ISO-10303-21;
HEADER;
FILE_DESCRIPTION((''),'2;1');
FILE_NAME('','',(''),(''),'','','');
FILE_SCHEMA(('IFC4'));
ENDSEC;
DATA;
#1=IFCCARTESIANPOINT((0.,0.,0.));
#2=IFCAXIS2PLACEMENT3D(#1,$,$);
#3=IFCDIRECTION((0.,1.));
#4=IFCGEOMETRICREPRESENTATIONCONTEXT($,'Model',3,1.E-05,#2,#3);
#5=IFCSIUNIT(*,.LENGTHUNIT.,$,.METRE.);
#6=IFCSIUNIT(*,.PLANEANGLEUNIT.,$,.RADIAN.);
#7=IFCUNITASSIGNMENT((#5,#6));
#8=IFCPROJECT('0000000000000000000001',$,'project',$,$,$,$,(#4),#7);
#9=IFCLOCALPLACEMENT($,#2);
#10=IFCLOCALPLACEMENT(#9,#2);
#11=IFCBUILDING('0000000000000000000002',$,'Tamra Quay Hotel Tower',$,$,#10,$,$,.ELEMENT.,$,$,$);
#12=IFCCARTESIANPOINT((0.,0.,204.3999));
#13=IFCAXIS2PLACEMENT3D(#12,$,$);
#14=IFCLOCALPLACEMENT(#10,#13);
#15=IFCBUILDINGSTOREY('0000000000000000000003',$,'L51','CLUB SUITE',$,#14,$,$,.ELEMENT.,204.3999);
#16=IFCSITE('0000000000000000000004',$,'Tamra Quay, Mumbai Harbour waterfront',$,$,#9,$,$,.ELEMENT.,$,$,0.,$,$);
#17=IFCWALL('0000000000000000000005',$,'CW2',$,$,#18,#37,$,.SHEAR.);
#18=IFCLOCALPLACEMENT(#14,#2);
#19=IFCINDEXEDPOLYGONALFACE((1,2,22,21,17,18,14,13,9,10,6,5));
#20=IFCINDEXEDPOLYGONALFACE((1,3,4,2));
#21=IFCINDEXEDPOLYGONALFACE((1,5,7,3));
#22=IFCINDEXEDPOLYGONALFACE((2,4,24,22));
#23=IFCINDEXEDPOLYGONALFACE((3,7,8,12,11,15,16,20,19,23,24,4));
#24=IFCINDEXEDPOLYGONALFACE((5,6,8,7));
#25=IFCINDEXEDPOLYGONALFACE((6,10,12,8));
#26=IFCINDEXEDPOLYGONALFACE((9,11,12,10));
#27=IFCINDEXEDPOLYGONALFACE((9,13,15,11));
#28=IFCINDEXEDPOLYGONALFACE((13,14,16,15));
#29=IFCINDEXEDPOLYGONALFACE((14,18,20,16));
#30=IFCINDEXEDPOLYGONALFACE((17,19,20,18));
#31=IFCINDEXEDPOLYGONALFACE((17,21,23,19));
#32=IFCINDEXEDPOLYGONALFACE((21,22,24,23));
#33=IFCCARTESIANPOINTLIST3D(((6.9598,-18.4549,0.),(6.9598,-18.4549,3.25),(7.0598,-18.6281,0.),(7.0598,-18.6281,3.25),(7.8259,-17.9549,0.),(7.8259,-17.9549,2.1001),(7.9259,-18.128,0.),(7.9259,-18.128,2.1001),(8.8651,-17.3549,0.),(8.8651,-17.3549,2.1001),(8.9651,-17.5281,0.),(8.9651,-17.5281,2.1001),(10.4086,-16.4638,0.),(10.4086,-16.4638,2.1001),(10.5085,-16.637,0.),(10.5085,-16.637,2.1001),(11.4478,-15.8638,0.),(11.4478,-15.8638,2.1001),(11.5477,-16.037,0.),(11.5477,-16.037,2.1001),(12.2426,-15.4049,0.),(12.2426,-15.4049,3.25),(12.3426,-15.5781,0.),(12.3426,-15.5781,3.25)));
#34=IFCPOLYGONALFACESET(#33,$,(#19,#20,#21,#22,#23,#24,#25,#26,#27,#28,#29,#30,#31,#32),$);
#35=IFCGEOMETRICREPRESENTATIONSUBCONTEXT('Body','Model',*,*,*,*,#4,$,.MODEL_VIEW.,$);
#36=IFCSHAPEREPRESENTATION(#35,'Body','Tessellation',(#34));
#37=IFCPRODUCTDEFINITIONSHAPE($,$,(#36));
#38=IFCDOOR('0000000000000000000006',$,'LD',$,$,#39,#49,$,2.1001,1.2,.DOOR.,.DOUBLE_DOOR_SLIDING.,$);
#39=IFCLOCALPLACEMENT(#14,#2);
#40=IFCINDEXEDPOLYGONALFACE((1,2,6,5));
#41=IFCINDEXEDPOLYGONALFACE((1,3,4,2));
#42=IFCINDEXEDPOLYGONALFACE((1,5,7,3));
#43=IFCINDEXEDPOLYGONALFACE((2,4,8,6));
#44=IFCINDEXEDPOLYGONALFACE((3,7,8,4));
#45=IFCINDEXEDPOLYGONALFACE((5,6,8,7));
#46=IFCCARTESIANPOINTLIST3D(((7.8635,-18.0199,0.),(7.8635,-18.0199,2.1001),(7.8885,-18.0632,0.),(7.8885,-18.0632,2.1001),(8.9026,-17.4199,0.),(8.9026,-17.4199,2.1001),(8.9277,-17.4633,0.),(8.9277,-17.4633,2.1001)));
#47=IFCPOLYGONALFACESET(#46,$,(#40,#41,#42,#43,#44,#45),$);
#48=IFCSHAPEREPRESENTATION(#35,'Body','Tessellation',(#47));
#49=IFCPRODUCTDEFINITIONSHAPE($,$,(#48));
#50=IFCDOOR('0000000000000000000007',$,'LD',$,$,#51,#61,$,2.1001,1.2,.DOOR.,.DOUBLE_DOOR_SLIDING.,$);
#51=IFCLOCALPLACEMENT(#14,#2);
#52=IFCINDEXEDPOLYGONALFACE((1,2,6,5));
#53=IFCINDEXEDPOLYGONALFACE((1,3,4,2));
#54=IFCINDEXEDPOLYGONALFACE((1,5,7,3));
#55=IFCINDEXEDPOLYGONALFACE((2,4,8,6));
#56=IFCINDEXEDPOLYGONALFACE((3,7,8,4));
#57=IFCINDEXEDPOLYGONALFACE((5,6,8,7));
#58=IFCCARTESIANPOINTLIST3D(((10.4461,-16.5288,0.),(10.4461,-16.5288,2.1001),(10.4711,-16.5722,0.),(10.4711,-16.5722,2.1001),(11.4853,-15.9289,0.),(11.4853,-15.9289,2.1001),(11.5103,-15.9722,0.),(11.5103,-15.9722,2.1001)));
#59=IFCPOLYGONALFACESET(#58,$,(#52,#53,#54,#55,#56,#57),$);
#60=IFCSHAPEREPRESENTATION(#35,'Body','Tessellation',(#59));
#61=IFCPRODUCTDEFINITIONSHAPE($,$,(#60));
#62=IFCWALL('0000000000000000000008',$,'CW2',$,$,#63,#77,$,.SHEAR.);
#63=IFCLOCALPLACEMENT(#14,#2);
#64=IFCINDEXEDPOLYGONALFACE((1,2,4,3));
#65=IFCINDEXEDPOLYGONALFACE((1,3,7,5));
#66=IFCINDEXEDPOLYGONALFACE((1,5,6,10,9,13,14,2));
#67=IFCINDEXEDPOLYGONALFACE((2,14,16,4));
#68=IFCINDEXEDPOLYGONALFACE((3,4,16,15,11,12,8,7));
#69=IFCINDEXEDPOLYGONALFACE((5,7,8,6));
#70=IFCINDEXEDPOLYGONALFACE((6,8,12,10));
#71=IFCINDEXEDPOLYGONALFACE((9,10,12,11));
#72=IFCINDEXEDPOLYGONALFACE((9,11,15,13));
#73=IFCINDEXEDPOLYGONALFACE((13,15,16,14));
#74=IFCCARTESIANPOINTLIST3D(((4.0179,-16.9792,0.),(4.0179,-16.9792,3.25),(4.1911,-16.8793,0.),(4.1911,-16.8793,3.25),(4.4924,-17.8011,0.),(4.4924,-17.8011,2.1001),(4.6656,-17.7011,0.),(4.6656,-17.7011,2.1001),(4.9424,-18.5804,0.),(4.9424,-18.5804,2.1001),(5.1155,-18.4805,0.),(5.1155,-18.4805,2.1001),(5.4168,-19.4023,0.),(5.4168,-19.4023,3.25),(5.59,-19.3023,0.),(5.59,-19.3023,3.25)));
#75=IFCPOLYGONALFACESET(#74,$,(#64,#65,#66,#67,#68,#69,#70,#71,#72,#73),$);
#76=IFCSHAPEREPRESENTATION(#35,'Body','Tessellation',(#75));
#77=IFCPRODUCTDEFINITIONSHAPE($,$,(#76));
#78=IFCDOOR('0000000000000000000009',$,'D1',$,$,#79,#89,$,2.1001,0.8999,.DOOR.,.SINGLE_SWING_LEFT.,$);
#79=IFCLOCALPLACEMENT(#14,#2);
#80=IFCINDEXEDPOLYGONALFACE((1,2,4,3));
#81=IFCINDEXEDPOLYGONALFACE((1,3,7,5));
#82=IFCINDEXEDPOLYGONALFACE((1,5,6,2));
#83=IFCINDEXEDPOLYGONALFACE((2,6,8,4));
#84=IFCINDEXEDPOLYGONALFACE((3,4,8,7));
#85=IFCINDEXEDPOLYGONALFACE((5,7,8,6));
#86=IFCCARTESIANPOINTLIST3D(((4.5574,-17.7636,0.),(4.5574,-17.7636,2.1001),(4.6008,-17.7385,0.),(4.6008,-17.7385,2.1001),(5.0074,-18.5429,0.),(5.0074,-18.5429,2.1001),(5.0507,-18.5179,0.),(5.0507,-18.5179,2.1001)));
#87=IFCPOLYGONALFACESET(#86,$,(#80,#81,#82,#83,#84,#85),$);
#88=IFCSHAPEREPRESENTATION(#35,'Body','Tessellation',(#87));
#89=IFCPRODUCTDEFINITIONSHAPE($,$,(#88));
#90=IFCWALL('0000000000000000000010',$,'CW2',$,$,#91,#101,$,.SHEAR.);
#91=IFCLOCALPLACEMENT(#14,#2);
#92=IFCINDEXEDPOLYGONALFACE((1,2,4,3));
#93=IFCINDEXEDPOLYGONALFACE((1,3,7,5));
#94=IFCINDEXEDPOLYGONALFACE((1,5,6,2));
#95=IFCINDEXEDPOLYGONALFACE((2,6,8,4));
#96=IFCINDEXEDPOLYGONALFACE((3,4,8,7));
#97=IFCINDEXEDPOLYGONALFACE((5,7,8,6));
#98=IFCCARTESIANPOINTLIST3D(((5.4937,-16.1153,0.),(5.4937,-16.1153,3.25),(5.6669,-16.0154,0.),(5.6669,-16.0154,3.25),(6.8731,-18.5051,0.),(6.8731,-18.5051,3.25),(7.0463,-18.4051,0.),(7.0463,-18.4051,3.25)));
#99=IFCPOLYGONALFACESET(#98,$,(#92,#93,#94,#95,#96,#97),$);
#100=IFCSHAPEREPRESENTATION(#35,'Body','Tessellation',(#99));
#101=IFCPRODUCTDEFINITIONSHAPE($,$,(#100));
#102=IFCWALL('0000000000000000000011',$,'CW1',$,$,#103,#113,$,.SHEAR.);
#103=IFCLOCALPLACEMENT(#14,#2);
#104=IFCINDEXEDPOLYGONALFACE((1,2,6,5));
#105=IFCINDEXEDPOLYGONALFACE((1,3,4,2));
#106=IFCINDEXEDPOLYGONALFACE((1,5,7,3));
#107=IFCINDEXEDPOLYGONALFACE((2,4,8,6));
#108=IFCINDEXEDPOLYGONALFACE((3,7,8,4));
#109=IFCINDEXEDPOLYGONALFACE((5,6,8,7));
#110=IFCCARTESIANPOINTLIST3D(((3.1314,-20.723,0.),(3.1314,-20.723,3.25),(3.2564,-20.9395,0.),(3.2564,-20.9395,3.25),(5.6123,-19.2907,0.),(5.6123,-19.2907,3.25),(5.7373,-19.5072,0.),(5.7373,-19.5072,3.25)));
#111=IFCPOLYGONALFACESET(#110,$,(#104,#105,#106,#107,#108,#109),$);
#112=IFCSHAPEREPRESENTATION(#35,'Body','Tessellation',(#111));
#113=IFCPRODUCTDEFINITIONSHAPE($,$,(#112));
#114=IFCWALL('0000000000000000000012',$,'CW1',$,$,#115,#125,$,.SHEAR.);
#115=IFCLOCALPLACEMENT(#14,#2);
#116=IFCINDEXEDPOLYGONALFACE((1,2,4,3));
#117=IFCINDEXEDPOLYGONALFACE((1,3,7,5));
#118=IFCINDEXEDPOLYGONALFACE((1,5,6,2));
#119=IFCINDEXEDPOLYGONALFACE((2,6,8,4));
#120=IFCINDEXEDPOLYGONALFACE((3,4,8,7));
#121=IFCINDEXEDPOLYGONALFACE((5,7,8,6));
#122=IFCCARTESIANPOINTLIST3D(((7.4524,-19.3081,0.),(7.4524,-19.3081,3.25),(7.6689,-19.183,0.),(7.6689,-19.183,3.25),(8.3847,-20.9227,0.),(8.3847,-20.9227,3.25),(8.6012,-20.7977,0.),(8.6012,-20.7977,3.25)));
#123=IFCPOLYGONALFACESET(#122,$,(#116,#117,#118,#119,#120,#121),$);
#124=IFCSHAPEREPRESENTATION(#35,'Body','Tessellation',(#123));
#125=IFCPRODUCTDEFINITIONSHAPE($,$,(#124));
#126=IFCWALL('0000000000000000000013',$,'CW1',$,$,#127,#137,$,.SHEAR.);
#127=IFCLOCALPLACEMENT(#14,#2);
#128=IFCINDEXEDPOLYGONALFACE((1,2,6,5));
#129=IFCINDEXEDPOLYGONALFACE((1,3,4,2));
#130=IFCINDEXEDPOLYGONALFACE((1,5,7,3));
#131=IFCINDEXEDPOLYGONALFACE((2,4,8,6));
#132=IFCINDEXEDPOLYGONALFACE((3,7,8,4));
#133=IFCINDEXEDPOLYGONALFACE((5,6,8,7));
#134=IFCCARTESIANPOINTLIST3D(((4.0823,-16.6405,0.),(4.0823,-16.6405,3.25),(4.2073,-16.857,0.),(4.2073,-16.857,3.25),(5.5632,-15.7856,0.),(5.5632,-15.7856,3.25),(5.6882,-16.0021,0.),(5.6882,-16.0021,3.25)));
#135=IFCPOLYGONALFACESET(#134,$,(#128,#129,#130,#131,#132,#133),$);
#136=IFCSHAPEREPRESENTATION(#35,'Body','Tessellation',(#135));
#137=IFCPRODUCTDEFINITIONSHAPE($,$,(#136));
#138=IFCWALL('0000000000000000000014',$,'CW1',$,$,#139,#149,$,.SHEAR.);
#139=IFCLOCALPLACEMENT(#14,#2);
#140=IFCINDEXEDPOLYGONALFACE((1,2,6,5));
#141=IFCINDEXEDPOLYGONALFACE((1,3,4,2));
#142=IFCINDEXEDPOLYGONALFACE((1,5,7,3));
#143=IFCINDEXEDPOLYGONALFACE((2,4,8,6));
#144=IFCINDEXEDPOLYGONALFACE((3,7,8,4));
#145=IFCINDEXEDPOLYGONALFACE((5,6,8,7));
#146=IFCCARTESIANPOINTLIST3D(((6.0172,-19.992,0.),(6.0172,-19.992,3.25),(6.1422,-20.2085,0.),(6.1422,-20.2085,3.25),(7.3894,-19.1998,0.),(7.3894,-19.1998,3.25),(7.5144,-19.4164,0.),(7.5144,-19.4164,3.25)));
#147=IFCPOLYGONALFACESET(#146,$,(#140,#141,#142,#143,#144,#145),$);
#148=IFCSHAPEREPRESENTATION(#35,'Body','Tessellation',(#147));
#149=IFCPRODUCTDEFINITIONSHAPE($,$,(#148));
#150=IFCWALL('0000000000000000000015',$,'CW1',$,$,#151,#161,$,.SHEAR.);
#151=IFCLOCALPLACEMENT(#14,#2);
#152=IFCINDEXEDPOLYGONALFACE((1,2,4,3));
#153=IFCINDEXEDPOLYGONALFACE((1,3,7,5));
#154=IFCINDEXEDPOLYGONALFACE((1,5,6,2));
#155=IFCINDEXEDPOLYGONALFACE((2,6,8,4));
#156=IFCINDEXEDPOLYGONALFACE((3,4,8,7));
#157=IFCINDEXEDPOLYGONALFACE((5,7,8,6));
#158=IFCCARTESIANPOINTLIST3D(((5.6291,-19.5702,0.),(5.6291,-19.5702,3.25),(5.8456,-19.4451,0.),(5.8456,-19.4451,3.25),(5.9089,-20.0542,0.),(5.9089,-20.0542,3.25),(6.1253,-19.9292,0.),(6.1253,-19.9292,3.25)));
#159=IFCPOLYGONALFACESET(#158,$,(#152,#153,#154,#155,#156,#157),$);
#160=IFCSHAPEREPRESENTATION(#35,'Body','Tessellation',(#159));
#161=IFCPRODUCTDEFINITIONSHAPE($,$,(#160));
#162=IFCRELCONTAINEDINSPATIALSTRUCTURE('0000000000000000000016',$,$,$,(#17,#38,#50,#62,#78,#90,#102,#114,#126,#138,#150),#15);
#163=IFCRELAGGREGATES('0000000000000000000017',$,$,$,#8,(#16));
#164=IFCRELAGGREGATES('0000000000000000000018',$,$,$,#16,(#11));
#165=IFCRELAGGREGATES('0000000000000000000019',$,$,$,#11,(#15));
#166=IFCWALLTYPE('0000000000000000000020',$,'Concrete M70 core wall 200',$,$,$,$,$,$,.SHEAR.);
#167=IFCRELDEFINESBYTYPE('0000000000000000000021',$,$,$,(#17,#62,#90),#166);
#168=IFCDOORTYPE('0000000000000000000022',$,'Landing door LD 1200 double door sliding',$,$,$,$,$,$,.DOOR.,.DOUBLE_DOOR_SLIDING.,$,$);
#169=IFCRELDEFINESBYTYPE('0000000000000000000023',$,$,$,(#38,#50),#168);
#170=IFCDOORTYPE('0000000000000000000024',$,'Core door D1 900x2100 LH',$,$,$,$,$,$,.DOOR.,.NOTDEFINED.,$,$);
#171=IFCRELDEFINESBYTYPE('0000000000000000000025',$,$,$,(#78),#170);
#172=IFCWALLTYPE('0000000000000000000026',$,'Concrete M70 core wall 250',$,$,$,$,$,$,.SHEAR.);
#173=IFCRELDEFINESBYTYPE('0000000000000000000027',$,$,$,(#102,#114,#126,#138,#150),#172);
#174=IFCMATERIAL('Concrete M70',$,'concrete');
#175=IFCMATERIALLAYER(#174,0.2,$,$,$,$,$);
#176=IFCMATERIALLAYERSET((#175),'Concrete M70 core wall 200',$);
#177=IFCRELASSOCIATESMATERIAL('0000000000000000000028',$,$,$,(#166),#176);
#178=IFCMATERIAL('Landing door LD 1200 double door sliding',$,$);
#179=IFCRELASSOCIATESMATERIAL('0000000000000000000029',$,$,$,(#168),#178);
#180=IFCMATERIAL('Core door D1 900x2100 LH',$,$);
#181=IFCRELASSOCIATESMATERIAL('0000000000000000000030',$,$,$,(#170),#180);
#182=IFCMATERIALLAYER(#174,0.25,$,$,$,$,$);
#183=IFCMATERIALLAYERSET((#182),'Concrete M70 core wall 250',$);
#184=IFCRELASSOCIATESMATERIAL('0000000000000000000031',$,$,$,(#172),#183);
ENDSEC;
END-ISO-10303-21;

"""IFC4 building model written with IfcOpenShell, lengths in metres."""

from ifc_helpers import new_model, si_unit, direction, frame, frame_2d, origin, place, context, subcontext, project, spatial, rectangle, extrude, material, layer, layer_set, type_object, element, fill, save


model = new_model("IFC4")

# Units and contexts
model_context = context("Model", 3, precision=1e-05, world=origin(), true_north=direction((0.0, 1.0)))
body_context = subcontext(model_context, "Body", "Model", "MODEL_VIEW")
ifc_project = project(units=[si_unit("LENGTHUNIT", "METRE"), si_unit("PLANEANGLEUNIT", "RADIAN")], contexts=[model_context])

# Site, building, storey
site_placement = place(None, origin())
site = spatial("IfcSite", under=ifc_project, at=site_placement, Name="Tamra Quay, Mumbai Harbour waterfront", CompositionType="ELEMENT", RefElevation=0.0)
building_placement = place(site_placement, origin())
building = spatial("IfcBuilding", under=site, at=building_placement, Name="Tamra Quay Hotel Tower", CompositionType="ELEMENT")
storey_placement = place(building_placement, frame((0.0, 0.0, 204.3999)))
storey = spatial("IfcBuildingStorey", under=building, at=storey_placement, Name="L51", Description="CLUB SUITE", CompositionType="ELEMENT", Elevation=204.3999)

# Shared definitions
ifc_material_1 = material(Name="Concrete M70", Category="concrete")

# Wall, openings, doors
ifc_layer_1 = layer(ifc_material_1, 0.2)
ifc_layer_set_1 = layer_set([ifc_layer_1], Name="Concrete M70 core wall 200")
wall_type_1 = type_object("IfcWallType", Name="Concrete M70 core wall 200", PredefinedType="SHEAR", material=ifc_layer_set_1)
wall_1_placement = place(storey_placement, frame((7.0098, -18.5415, 0.0), z_axis=(0.0, 0.0, 1.0), x_axis=(0.86603, 0.499992, 0.0)))
wall_1 = element("IfcWall", 1, at=wall_1_placement, inside=storey, type_object=wall_type_1, Name="CW2", PredefinedType="SHEAR", context=body_context, shape_type="SweptSolid", body=[
    extrude(rectangle(XDim=6.1001, YDim=0.2, at=frame_2d((3.05, 0.0))), origin(), (0.0, 0.0, 1.0), 3.25),
])
opening_1_placement = place(wall_1_placement, frame((1.0, 0.0, 0.0)))
opening_1 = element("IfcOpeningElement", 2, at=opening_1_placement, cuts=wall_1, PredefinedType="OPENING", context=body_context, shape_type="SweptSolid", body=[
    extrude(rectangle(XDim=1.2, YDim=2.1001, at=frame_2d((0.6001, 1.05))), frame((0.0, 0.1099, 0.0), z_axis=(0.0, -1.0, 0.0), x_axis=(1.0, 0.0, 0.0)), (0.0, 0.0, 1.0), 0.22),
])
opening_2_placement = place(wall_1_placement, frame((3.9822, 0.0, 0.0)))
opening_2 = element("IfcOpeningElement", 3, at=opening_2_placement, cuts=wall_1, PredefinedType="OPENING", context=body_context, shape_type="SweptSolid", body=[
    extrude(rectangle(XDim=1.2, YDim=2.1001, at=frame_2d((0.6001, 1.05))), frame((0.0, 0.1099, 0.0), z_axis=(0.0, -1.0, 0.0), x_axis=(1.0, 0.0, 0.0)), (0.0, 0.0, 1.0), 0.22),
])
ifc_material_2 = material(Name="Landing door LD 1200 double door sliding")
door_type_1 = type_object("IfcDoorType", Name="Landing door LD 1200 double door sliding", OperationType="DOUBLE_DOOR_SLIDING", PredefinedType="DOOR", material=ifc_material_2)
door_1_placement = place(opening_1_placement, origin())
door_1 = element("IfcDoor", 4, at=door_1_placement, inside=storey, type_object=door_type_1, Name="LD", OperationType="DOUBLE_DOOR_SLIDING", OverallHeight=2.1001, OverallWidth=1.2, PredefinedType="DOOR", context=body_context, shape_type="SweptSolid", body=[
    extrude(rectangle(XDim=1.2, YDim=2.1001, at=frame_2d((0.6001, 1.05))), frame((0.0, 0.0249, 0.0), z_axis=(0.0, -1.0, 0.0), x_axis=(1.0, 0.0, 0.0)), (0.0, 0.0, 1.0), 0.05),
])
fill(opening_1, door_1)
door_2_placement = place(opening_2_placement, origin())
door_2 = element("IfcDoor", 5, at=door_2_placement, inside=storey, type_object=door_type_1, Name="LD", OperationType="DOUBLE_DOOR_SLIDING", OverallHeight=2.1001, OverallWidth=1.2, PredefinedType="DOOR", context=body_context, shape_type="SweptSolid", body=[
    extrude(rectangle(XDim=1.2, YDim=2.1001, at=frame_2d((0.6001, 1.05))), frame((0.0, 0.0249, 0.0), z_axis=(0.0, -1.0, 0.0), x_axis=(1.0, 0.0, 0.0)), (0.0, 0.0, 1.0), 0.05),
])
fill(opening_2, door_2)

# Wall, opening, door
wall_2_placement = place(storey_placement, frame((5.5034, -19.3523, 0.0), z_axis=(0.0, 0.0, 1.0), x_axis=(-0.499987, 0.866033, 0.0)))
wall_2 = element("IfcWall", 6, at=wall_2_placement, inside=storey, type_object=wall_type_1, Name="CW2", PredefinedType="SHEAR", context=body_context, shape_type="SweptSolid", body=[
    extrude(rectangle(XDim=2.7979, YDim=0.2, at=frame_2d((1.3989, 0.0))), origin(), (0.0, 0.0, 1.0), 3.25),
])
opening_3_placement = place(wall_2_placement, frame((0.949, 0.0, 0.0)))
opening_3 = element("IfcOpeningElement", 7, at=opening_3_placement, cuts=wall_2, PredefinedType="OPENING", context=body_context, shape_type="SweptSolid", body=[
    extrude(rectangle(XDim=0.8999, YDim=2.1001, at=frame_2d((0.45, 1.05))), frame((0.0, 0.1099, 0.0), z_axis=(0.0, -1.0, 0.0), x_axis=(1.0, 0.0, 0.0)), (0.0, 0.0, 1.0), 0.22),
])
ifc_material_3 = material(Name="Core door D1 900x2100 LH")
door_type_2 = type_object("IfcDoorType", Name="Core door D1 900x2100 LH", OperationType="NOTDEFINED", PredefinedType="DOOR", material=ifc_material_3)
door_3_placement = place(opening_3_placement, origin())
door_3 = element("IfcDoor", 8, at=door_3_placement, inside=storey, type_object=door_type_2, Name="D1", OperationType="SINGLE_SWING_LEFT", OverallHeight=2.1001, OverallWidth=0.8999, PredefinedType="DOOR", context=body_context, shape_type="SweptSolid", body=[
    extrude(rectangle(XDim=0.8999, YDim=2.1001, at=frame_2d((0.45, 1.05))), frame((0.0, 0.0249, 0.0), z_axis=(0.0, -1.0, 0.0), x_axis=(1.0, 0.0, 0.0)), (0.0, 0.0, 1.0), 0.05),
])
fill(opening_3, door_3)

# Walls
wall_3_placement = place(storey_placement, frame((6.9597, -18.4551, 0.0), z_axis=(0.0, 0.0, 1.0), x_axis=(-0.499927, 0.866068, 0.0)))
element("IfcWall", 9, at=wall_3_placement, inside=storey, type_object=wall_type_1, Name="CW2", PredefinedType="SHEAR", context=body_context, shape_type="SweptSolid", body=[
    extrude(rectangle(XDim=2.7593, YDim=0.2, at=frame_2d((1.3796, 0.0))), origin(), (0.0, 0.0, 1.0), 3.25),
])
ifc_layer_2 = layer(ifc_material_1, 0.25)
ifc_layer_set_2 = layer_set([ifc_layer_2], Name="Concrete M70 core wall 250")
wall_type_2 = type_object("IfcWallType", Name="Concrete M70 core wall 250", PredefinedType="SHEAR", material=ifc_layer_set_2)
wall_4_placement = place(storey_placement, frame((5.6748, -19.3989, 0.0), z_axis=(0.0, 0.0, 1.0), x_axis=(-0.866027, -0.499998, 0.0)))
element("IfcWall", 10, at=wall_4_placement, inside=storey, type_object=wall_type_2, Name="CW1", PredefinedType="SHEAR", context=body_context, shape_type="SweptSolid", body=[
    extrude(rectangle(XDim=2.8647, YDim=0.25, at=frame_2d((1.4324, 0.0))), origin(), (0.0, 0.0, 1.0), 3.25),
])
wall_5_placement = place(storey_placement, frame((8.4929, -20.8601, 0.0), z_axis=(0.0, 0.0, 1.0), x_axis=(-0.50004, 0.866002, 0.0)))
element("IfcWall", 11, at=wall_5_placement, inside=storey, type_object=wall_type_2, Name="CW1", PredefinedType="SHEAR", context=body_context, shape_type="SweptSolid", body=[
    extrude(rectangle(XDim=1.8645, YDim=0.25, at=frame_2d((0.9321, 0.0))), origin(), (0.0, 0.0, 1.0), 3.25),
])
wall_6_placement = place(storey_placement, frame((4.1448, -16.7488, 0.0), z_axis=(0.0, 0.0, 1.0), x_axis=(0.866038, 0.499978, 0.0)))
element("IfcWall", 12, at=wall_6_placement, inside=storey, type_object=wall_type_2, Name="CW1", PredefinedType="SHEAR", context=body_context, shape_type="SweptSolid", body=[
    extrude(rectangle(XDim=1.71, YDim=0.25, at=frame_2d((0.855, 0.0))), origin(), (0.0, 0.0, 1.0), 3.25),
])
wall_7_placement = place(storey_placement, frame((7.4519, -19.3081, 0.0), z_axis=(0.0, 0.0, 1.0), x_axis=(-0.866044, -0.499967, 0.0)))
element("IfcWall", 13, at=wall_7_placement, inside=storey, type_object=wall_type_2, Name="CW1", PredefinedType="SHEAR", context=body_context, shape_type="SweptSolid", body=[
    extrude(rectangle(XDim=1.5845, YDim=0.25, at=frame_2d((0.7922, 0.0))), origin(), (0.0, 0.0, 1.0), 3.25),
])
wall_8_placement = place(storey_placement, frame((6.0171, -19.9917, 0.0), z_axis=(0.0, 0.0, 1.0), x_axis=(-0.500365, 0.865815, 0.0)))
element("IfcWall", 14, at=wall_8_placement, inside=storey, type_object=wall_type_2, Name="CW1", PredefinedType="SHEAR", context=body_context, shape_type="SweptSolid", body=[
    extrude(rectangle(XDim=0.5591, YDim=0.25, at=frame_2d((0.2795, 0.0))), origin(), (0.0, 0.0, 1.0), 3.25),
])

save(model, "model.ifc")
